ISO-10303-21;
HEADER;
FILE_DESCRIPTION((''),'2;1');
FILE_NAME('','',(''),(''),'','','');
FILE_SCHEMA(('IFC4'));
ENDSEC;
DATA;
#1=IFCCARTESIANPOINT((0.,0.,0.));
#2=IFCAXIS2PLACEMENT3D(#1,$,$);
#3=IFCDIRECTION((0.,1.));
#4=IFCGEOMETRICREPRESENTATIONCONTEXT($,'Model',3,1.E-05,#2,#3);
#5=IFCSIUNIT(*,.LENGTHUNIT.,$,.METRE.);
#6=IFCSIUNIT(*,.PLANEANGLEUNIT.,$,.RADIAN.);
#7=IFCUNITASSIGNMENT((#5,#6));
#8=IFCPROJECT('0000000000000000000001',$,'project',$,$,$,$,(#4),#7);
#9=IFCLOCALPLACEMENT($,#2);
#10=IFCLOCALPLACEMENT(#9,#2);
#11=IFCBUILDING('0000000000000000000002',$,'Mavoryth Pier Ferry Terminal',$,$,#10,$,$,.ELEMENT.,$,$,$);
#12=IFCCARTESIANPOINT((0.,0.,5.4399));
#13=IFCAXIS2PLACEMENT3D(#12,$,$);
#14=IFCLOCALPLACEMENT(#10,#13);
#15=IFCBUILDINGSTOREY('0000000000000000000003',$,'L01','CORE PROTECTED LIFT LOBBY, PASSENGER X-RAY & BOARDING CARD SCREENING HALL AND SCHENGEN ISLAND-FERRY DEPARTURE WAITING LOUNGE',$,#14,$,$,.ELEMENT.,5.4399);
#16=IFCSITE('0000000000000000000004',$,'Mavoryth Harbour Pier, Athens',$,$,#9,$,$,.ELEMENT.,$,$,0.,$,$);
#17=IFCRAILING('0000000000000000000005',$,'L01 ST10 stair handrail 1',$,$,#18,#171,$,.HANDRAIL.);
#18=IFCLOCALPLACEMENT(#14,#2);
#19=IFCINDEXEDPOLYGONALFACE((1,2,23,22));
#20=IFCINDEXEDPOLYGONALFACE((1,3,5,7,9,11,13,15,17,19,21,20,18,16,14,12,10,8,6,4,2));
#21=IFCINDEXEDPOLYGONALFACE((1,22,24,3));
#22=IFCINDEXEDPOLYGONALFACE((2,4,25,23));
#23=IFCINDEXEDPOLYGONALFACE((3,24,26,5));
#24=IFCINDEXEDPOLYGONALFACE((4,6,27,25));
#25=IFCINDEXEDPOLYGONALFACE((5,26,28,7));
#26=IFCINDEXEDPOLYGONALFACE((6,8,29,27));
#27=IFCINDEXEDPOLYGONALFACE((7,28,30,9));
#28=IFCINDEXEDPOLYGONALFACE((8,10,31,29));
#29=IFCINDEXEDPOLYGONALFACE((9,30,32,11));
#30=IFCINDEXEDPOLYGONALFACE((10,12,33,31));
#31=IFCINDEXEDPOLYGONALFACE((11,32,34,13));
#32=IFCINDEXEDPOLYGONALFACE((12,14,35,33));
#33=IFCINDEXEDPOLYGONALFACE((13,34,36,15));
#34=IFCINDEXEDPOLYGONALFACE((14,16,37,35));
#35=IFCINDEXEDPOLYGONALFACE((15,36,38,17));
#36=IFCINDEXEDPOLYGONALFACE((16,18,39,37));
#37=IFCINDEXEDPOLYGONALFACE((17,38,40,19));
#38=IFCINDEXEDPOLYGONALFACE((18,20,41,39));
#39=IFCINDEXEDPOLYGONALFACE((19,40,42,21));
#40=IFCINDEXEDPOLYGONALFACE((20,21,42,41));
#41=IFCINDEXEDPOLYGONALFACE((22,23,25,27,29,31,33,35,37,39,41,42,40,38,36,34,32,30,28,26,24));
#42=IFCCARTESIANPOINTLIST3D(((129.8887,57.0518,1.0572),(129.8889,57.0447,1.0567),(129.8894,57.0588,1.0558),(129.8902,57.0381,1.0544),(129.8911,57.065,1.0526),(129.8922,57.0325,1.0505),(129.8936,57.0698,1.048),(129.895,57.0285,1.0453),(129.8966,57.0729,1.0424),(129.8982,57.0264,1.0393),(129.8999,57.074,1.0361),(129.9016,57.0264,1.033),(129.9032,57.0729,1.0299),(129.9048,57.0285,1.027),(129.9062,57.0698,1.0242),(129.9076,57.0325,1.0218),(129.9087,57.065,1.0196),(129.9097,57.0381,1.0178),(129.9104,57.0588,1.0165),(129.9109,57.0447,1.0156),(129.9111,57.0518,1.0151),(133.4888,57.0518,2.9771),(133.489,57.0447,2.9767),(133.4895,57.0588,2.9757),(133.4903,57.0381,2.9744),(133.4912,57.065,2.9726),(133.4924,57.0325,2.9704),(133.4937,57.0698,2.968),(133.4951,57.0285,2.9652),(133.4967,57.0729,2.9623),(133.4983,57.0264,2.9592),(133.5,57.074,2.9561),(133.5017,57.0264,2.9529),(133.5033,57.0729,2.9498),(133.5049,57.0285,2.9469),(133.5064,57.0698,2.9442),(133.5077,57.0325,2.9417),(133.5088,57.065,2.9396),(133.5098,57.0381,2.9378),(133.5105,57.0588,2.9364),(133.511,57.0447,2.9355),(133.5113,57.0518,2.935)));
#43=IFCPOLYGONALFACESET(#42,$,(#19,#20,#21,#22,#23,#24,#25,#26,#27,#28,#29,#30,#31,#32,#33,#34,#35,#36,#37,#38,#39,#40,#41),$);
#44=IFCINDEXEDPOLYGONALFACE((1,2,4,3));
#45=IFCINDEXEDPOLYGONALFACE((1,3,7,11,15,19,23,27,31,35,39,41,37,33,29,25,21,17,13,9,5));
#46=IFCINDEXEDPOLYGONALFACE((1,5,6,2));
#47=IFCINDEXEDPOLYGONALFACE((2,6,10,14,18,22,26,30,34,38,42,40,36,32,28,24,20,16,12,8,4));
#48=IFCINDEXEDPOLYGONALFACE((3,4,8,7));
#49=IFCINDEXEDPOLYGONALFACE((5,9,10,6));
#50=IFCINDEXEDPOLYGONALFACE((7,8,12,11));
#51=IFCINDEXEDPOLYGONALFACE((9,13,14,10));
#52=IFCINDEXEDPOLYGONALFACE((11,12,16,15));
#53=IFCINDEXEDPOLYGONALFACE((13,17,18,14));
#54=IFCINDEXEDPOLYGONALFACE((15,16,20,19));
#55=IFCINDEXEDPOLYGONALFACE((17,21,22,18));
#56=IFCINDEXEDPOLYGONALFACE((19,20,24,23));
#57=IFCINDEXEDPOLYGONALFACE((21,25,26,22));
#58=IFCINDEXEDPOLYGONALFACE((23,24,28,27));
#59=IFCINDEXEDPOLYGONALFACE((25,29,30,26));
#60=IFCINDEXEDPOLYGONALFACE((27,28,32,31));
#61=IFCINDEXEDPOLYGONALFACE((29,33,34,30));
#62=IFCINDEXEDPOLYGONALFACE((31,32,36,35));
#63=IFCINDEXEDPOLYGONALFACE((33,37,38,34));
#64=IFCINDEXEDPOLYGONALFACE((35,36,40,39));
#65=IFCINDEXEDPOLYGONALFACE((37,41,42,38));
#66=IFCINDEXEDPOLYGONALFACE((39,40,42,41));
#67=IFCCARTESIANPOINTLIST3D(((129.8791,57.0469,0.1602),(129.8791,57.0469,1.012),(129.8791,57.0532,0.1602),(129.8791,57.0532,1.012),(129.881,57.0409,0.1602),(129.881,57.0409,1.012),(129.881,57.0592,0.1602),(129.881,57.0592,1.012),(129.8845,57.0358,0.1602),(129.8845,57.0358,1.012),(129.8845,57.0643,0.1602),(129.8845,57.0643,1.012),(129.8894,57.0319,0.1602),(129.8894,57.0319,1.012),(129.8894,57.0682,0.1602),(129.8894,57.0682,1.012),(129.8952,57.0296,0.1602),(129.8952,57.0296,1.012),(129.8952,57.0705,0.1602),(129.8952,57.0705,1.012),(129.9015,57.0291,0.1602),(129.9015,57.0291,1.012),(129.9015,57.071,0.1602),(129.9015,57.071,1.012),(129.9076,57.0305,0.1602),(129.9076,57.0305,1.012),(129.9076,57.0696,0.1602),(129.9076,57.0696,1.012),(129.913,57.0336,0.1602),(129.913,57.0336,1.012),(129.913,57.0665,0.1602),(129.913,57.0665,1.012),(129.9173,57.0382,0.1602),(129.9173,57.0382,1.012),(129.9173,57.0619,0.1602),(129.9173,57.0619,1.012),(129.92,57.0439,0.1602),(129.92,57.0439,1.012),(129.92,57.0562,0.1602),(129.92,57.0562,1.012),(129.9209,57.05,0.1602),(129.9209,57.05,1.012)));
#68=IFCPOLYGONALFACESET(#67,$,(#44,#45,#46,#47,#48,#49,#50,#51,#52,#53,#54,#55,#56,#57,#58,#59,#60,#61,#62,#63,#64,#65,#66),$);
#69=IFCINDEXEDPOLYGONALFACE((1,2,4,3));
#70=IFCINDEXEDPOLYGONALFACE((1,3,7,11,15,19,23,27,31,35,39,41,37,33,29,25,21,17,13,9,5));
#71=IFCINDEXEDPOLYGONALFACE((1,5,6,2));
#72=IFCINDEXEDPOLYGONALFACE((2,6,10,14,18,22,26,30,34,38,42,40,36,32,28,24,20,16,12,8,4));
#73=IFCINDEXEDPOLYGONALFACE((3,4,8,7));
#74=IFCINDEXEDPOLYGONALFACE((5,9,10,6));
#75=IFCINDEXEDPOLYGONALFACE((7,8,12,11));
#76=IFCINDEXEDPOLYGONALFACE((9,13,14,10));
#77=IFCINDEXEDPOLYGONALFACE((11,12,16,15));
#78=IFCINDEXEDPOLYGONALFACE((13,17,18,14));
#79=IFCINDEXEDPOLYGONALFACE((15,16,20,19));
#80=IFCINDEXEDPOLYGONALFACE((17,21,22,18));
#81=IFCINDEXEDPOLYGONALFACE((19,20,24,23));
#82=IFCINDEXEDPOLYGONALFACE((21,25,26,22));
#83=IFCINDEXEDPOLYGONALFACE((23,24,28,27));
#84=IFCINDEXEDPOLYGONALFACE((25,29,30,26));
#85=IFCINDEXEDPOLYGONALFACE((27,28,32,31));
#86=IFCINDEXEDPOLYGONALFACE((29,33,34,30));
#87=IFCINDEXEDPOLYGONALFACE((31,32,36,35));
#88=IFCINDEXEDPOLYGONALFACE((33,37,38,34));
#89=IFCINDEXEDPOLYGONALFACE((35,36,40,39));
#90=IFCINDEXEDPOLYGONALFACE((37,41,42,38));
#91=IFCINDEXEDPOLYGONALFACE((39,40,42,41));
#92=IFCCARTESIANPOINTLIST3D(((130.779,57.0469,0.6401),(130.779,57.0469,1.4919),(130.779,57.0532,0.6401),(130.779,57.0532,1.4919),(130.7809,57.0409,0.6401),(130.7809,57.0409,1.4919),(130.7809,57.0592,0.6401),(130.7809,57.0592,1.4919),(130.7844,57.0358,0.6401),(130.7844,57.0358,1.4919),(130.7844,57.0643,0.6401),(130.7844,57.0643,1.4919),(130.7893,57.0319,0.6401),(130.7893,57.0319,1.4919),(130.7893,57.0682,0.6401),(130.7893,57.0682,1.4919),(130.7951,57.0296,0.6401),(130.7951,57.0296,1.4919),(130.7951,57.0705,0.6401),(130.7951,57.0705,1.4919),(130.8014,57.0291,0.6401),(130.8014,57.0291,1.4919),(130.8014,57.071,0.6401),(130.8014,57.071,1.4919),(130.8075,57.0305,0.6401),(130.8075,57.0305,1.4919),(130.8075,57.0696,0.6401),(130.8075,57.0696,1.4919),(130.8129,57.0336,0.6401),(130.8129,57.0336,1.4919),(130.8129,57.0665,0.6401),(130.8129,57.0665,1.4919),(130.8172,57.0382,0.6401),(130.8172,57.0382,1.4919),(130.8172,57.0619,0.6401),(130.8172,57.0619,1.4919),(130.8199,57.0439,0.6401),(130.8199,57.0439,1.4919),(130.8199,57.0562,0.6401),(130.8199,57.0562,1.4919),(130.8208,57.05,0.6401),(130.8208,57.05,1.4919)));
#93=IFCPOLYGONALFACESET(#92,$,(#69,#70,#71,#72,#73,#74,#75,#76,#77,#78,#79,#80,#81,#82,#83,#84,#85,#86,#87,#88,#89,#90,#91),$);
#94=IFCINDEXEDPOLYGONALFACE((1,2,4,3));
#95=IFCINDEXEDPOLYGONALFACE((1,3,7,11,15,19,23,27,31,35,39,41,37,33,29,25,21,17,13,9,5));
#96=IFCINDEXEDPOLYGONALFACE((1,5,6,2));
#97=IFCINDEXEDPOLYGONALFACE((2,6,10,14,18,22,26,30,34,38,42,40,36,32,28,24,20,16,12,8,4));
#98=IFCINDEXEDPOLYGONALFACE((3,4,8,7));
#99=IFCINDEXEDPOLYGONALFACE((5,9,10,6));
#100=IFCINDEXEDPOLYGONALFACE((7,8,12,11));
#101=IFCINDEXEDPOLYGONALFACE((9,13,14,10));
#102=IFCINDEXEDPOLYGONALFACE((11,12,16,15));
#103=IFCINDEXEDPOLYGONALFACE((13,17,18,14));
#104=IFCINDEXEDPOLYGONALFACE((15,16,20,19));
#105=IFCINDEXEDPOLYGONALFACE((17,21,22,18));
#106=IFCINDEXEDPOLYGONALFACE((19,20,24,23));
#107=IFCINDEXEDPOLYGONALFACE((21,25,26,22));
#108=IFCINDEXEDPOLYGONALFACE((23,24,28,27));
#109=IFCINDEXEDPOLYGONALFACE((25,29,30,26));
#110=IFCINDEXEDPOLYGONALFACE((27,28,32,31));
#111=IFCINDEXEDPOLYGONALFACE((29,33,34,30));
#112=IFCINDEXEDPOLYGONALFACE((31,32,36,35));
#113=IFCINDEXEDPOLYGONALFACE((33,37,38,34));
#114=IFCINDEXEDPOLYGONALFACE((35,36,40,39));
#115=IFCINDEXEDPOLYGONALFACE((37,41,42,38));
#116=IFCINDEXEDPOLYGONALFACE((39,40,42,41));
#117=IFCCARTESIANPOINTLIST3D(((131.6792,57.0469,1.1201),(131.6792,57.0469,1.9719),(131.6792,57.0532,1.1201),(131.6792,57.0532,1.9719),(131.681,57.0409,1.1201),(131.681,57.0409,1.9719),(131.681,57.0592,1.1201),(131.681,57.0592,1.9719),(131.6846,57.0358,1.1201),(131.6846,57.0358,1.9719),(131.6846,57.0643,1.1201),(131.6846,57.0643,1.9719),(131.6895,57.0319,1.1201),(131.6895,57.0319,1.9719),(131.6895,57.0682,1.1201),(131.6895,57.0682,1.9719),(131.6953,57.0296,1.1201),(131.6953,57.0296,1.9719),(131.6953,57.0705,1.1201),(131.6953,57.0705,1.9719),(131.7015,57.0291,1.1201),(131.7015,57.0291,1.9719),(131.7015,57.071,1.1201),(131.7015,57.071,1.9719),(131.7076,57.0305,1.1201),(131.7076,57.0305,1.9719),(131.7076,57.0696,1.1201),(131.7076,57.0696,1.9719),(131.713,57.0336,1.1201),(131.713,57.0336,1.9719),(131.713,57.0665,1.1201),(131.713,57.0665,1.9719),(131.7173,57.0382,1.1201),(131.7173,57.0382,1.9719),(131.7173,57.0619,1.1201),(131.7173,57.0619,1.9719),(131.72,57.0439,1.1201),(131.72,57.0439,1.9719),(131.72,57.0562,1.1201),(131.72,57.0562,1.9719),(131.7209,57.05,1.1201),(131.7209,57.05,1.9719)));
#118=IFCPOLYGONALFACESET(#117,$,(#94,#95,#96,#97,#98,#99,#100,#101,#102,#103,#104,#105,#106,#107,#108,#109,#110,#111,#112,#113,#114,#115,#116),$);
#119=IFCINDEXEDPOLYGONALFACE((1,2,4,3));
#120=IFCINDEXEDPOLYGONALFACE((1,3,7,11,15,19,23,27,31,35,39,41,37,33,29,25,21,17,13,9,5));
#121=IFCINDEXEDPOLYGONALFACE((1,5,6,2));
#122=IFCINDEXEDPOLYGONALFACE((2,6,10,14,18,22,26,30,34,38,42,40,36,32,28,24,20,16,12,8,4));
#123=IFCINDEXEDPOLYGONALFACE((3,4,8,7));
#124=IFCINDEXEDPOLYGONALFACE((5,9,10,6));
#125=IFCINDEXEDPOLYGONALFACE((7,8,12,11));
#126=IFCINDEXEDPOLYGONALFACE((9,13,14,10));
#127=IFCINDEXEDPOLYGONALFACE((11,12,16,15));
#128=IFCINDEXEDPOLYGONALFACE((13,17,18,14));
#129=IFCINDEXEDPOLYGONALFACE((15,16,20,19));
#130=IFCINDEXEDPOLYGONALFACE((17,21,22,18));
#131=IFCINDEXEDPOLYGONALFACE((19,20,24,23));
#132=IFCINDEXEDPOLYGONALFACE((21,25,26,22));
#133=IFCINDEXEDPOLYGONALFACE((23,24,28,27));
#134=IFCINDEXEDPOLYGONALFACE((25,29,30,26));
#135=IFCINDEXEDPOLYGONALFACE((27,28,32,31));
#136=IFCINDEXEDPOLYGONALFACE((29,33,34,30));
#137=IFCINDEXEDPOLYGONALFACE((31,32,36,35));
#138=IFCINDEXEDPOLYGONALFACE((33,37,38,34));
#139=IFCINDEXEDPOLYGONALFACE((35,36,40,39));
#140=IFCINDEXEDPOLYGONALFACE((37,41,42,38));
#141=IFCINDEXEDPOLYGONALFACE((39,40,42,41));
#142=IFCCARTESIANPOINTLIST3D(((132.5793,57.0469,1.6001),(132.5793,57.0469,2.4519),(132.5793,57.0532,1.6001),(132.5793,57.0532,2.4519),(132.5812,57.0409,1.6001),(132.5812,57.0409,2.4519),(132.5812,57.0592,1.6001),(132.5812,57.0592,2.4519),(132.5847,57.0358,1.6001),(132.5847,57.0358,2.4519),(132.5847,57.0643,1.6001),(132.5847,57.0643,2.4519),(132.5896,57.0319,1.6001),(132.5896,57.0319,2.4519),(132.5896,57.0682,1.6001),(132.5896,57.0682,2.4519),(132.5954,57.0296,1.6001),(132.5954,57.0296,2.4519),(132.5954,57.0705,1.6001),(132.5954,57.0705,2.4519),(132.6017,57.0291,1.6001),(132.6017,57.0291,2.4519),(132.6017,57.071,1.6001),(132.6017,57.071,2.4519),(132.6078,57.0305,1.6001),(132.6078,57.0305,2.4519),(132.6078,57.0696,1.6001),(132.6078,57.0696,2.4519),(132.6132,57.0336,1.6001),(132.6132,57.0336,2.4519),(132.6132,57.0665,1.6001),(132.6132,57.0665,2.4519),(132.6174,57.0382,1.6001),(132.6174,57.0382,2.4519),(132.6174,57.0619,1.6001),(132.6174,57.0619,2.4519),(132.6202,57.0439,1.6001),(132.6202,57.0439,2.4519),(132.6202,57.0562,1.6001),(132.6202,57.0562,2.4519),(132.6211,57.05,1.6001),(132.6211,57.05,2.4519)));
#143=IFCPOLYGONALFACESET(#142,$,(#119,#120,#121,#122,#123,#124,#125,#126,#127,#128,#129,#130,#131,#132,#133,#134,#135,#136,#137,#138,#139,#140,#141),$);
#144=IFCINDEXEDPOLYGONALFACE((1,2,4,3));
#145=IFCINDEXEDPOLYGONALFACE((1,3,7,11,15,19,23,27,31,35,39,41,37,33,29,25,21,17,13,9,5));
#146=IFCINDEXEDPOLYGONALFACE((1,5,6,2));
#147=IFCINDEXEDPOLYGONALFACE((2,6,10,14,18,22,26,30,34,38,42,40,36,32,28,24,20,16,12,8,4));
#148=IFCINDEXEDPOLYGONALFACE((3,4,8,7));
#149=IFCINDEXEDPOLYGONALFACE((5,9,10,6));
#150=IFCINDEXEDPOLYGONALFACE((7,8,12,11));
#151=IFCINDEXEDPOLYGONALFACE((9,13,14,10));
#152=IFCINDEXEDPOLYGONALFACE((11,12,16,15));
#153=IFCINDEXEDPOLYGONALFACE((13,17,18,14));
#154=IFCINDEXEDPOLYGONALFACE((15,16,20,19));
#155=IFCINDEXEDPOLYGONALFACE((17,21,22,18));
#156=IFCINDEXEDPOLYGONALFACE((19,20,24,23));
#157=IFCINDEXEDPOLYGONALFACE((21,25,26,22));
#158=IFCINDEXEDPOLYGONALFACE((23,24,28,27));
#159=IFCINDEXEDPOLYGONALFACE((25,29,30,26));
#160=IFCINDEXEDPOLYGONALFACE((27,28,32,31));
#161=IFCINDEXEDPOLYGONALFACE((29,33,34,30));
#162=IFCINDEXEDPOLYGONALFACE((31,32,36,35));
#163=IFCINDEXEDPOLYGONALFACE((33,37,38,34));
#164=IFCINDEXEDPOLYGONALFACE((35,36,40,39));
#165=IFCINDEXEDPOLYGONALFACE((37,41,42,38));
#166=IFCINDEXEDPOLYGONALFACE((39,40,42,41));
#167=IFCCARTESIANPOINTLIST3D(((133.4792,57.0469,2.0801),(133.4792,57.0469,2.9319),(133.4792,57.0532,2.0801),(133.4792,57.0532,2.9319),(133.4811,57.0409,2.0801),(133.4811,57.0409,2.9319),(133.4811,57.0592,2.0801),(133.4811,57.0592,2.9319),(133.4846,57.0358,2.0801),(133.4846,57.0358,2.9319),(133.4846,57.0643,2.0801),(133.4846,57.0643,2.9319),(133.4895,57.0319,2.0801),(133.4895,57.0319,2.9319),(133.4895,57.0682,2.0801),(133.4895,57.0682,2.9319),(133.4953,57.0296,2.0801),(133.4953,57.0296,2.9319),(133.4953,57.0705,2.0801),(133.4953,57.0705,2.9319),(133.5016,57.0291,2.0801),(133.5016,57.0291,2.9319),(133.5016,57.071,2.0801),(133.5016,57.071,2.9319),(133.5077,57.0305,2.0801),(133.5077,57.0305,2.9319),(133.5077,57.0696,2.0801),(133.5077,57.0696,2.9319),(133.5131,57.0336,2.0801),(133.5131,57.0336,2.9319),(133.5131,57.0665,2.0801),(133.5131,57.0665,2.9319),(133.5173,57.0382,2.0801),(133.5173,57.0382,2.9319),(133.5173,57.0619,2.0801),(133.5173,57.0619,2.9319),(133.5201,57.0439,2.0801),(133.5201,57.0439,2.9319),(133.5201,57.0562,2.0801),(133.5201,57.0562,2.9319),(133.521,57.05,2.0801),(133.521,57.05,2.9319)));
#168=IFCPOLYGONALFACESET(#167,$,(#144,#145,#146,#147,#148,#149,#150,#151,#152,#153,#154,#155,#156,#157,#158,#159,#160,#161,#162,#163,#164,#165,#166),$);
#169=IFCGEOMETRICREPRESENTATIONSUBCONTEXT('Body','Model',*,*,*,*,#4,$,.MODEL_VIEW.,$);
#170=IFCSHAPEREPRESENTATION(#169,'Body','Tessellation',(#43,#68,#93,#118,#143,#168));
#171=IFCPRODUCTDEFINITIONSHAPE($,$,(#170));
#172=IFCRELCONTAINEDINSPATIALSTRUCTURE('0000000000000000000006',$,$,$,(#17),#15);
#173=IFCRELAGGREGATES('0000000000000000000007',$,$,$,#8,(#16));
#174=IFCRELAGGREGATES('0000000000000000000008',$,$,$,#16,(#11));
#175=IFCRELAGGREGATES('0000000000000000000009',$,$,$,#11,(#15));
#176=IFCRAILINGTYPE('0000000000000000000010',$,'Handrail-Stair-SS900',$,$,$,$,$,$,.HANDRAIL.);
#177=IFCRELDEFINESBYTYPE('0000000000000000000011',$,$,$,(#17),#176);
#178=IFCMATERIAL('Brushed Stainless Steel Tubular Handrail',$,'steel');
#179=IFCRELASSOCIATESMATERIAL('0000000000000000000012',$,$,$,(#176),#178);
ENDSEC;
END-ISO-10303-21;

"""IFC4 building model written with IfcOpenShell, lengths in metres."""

from ifc_helpers import new_model, si_unit, direction, frame, origin, origin_2d, place, context, subcontext, project, spatial, circle, extrude, material, type_object, element, save


model = new_model("IFC4")

# Units and contexts
model_context = context("Model", 3, precision=1e-05, world=origin(), true_north=direction((0.0, 1.0)))
body_context = subcontext(model_context, "Body", "Model", "MODEL_VIEW")
ifc_project = project(units=[si_unit("LENGTHUNIT", "METRE"), si_unit("PLANEANGLEUNIT", "RADIAN")], contexts=[model_context])

# Site, building, storey
site_placement = place(None, origin())
site = spatial("IfcSite", under=ifc_project, at=site_placement, Name="Mavoryth Harbour Pier, Athens", CompositionType="ELEMENT", RefElevation=0.0)
building_placement = place(site_placement, origin())
building = spatial("IfcBuilding", under=site, at=building_placement, Name="Mavoryth Pier Ferry Terminal", CompositionType="ELEMENT")
storey_placement = place(building_placement, frame((0.0, 0.0, 5.4399)))
storey = spatial("IfcBuildingStorey", under=building, at=storey_placement, Name="L01", Description="CORE PROTECTED LIFT LOBBY, PASSENGER X-RAY & BOARDING CARD SCREENING HALL AND SCHENGEN ISLAND-FERRY DEPARTURE WAITING LOUNGE", CompositionType="ELEMENT", Elevation=5.4399)

# Railing
ifc_material_1 = material(Name="Brushed Stainless Steel Tubular Handrail", Category="steel")
railing_type_1 = type_object("IfcRailingType", Name="Handrail-Stair-SS900", PredefinedType="HANDRAIL", material=ifc_material_1)
railing_1_placement = place(storey_placement, frame((129.8999, 57.05, 0.1602)))
element("IfcRailing", 1, at=railing_1_placement, inside=storey, type_object=railing_type_1, Name="L01 ST10 stair handrail 1", PredefinedType="HANDRAIL", context=body_context, shape_type="SweptSolid", body=[
    extrude(circle(Radius=0.0239, at=origin_2d()), frame((0.0, 0.0, 0.876), z_axis=(0.882366, 0.0, 0.470563), x_axis=(0.0, 1.0, 0.0)), (0.0, 0.0, 1.0), 4.0801),
    extrude(circle(Radius=0.021, at=origin_2d()), origin(), (0.0, 0.0, 1.0), 0.8518),
    extrude(circle(Radius=0.021, at=origin_2d()), frame((0.8999, 0.0, 0.48)), (0.0, 0.0, 1.0), 0.8518),
    extrude(circle(Radius=0.021, at=origin_2d()), frame((1.8, 0.0, 0.96)), (0.0, 0.0, 1.0), 0.8518),
    extrude(circle(Radius=0.021, at=origin_2d()), frame((2.7002, 0.0, 1.4399)), (0.0, 0.0, 1.0), 0.8518),
    extrude(circle(Radius=0.021, at=origin_2d()), frame((3.6001, 0.0, 1.9199)), (0.0, 0.0, 1.0), 0.8518),
])

save(model, "model.ifc")
